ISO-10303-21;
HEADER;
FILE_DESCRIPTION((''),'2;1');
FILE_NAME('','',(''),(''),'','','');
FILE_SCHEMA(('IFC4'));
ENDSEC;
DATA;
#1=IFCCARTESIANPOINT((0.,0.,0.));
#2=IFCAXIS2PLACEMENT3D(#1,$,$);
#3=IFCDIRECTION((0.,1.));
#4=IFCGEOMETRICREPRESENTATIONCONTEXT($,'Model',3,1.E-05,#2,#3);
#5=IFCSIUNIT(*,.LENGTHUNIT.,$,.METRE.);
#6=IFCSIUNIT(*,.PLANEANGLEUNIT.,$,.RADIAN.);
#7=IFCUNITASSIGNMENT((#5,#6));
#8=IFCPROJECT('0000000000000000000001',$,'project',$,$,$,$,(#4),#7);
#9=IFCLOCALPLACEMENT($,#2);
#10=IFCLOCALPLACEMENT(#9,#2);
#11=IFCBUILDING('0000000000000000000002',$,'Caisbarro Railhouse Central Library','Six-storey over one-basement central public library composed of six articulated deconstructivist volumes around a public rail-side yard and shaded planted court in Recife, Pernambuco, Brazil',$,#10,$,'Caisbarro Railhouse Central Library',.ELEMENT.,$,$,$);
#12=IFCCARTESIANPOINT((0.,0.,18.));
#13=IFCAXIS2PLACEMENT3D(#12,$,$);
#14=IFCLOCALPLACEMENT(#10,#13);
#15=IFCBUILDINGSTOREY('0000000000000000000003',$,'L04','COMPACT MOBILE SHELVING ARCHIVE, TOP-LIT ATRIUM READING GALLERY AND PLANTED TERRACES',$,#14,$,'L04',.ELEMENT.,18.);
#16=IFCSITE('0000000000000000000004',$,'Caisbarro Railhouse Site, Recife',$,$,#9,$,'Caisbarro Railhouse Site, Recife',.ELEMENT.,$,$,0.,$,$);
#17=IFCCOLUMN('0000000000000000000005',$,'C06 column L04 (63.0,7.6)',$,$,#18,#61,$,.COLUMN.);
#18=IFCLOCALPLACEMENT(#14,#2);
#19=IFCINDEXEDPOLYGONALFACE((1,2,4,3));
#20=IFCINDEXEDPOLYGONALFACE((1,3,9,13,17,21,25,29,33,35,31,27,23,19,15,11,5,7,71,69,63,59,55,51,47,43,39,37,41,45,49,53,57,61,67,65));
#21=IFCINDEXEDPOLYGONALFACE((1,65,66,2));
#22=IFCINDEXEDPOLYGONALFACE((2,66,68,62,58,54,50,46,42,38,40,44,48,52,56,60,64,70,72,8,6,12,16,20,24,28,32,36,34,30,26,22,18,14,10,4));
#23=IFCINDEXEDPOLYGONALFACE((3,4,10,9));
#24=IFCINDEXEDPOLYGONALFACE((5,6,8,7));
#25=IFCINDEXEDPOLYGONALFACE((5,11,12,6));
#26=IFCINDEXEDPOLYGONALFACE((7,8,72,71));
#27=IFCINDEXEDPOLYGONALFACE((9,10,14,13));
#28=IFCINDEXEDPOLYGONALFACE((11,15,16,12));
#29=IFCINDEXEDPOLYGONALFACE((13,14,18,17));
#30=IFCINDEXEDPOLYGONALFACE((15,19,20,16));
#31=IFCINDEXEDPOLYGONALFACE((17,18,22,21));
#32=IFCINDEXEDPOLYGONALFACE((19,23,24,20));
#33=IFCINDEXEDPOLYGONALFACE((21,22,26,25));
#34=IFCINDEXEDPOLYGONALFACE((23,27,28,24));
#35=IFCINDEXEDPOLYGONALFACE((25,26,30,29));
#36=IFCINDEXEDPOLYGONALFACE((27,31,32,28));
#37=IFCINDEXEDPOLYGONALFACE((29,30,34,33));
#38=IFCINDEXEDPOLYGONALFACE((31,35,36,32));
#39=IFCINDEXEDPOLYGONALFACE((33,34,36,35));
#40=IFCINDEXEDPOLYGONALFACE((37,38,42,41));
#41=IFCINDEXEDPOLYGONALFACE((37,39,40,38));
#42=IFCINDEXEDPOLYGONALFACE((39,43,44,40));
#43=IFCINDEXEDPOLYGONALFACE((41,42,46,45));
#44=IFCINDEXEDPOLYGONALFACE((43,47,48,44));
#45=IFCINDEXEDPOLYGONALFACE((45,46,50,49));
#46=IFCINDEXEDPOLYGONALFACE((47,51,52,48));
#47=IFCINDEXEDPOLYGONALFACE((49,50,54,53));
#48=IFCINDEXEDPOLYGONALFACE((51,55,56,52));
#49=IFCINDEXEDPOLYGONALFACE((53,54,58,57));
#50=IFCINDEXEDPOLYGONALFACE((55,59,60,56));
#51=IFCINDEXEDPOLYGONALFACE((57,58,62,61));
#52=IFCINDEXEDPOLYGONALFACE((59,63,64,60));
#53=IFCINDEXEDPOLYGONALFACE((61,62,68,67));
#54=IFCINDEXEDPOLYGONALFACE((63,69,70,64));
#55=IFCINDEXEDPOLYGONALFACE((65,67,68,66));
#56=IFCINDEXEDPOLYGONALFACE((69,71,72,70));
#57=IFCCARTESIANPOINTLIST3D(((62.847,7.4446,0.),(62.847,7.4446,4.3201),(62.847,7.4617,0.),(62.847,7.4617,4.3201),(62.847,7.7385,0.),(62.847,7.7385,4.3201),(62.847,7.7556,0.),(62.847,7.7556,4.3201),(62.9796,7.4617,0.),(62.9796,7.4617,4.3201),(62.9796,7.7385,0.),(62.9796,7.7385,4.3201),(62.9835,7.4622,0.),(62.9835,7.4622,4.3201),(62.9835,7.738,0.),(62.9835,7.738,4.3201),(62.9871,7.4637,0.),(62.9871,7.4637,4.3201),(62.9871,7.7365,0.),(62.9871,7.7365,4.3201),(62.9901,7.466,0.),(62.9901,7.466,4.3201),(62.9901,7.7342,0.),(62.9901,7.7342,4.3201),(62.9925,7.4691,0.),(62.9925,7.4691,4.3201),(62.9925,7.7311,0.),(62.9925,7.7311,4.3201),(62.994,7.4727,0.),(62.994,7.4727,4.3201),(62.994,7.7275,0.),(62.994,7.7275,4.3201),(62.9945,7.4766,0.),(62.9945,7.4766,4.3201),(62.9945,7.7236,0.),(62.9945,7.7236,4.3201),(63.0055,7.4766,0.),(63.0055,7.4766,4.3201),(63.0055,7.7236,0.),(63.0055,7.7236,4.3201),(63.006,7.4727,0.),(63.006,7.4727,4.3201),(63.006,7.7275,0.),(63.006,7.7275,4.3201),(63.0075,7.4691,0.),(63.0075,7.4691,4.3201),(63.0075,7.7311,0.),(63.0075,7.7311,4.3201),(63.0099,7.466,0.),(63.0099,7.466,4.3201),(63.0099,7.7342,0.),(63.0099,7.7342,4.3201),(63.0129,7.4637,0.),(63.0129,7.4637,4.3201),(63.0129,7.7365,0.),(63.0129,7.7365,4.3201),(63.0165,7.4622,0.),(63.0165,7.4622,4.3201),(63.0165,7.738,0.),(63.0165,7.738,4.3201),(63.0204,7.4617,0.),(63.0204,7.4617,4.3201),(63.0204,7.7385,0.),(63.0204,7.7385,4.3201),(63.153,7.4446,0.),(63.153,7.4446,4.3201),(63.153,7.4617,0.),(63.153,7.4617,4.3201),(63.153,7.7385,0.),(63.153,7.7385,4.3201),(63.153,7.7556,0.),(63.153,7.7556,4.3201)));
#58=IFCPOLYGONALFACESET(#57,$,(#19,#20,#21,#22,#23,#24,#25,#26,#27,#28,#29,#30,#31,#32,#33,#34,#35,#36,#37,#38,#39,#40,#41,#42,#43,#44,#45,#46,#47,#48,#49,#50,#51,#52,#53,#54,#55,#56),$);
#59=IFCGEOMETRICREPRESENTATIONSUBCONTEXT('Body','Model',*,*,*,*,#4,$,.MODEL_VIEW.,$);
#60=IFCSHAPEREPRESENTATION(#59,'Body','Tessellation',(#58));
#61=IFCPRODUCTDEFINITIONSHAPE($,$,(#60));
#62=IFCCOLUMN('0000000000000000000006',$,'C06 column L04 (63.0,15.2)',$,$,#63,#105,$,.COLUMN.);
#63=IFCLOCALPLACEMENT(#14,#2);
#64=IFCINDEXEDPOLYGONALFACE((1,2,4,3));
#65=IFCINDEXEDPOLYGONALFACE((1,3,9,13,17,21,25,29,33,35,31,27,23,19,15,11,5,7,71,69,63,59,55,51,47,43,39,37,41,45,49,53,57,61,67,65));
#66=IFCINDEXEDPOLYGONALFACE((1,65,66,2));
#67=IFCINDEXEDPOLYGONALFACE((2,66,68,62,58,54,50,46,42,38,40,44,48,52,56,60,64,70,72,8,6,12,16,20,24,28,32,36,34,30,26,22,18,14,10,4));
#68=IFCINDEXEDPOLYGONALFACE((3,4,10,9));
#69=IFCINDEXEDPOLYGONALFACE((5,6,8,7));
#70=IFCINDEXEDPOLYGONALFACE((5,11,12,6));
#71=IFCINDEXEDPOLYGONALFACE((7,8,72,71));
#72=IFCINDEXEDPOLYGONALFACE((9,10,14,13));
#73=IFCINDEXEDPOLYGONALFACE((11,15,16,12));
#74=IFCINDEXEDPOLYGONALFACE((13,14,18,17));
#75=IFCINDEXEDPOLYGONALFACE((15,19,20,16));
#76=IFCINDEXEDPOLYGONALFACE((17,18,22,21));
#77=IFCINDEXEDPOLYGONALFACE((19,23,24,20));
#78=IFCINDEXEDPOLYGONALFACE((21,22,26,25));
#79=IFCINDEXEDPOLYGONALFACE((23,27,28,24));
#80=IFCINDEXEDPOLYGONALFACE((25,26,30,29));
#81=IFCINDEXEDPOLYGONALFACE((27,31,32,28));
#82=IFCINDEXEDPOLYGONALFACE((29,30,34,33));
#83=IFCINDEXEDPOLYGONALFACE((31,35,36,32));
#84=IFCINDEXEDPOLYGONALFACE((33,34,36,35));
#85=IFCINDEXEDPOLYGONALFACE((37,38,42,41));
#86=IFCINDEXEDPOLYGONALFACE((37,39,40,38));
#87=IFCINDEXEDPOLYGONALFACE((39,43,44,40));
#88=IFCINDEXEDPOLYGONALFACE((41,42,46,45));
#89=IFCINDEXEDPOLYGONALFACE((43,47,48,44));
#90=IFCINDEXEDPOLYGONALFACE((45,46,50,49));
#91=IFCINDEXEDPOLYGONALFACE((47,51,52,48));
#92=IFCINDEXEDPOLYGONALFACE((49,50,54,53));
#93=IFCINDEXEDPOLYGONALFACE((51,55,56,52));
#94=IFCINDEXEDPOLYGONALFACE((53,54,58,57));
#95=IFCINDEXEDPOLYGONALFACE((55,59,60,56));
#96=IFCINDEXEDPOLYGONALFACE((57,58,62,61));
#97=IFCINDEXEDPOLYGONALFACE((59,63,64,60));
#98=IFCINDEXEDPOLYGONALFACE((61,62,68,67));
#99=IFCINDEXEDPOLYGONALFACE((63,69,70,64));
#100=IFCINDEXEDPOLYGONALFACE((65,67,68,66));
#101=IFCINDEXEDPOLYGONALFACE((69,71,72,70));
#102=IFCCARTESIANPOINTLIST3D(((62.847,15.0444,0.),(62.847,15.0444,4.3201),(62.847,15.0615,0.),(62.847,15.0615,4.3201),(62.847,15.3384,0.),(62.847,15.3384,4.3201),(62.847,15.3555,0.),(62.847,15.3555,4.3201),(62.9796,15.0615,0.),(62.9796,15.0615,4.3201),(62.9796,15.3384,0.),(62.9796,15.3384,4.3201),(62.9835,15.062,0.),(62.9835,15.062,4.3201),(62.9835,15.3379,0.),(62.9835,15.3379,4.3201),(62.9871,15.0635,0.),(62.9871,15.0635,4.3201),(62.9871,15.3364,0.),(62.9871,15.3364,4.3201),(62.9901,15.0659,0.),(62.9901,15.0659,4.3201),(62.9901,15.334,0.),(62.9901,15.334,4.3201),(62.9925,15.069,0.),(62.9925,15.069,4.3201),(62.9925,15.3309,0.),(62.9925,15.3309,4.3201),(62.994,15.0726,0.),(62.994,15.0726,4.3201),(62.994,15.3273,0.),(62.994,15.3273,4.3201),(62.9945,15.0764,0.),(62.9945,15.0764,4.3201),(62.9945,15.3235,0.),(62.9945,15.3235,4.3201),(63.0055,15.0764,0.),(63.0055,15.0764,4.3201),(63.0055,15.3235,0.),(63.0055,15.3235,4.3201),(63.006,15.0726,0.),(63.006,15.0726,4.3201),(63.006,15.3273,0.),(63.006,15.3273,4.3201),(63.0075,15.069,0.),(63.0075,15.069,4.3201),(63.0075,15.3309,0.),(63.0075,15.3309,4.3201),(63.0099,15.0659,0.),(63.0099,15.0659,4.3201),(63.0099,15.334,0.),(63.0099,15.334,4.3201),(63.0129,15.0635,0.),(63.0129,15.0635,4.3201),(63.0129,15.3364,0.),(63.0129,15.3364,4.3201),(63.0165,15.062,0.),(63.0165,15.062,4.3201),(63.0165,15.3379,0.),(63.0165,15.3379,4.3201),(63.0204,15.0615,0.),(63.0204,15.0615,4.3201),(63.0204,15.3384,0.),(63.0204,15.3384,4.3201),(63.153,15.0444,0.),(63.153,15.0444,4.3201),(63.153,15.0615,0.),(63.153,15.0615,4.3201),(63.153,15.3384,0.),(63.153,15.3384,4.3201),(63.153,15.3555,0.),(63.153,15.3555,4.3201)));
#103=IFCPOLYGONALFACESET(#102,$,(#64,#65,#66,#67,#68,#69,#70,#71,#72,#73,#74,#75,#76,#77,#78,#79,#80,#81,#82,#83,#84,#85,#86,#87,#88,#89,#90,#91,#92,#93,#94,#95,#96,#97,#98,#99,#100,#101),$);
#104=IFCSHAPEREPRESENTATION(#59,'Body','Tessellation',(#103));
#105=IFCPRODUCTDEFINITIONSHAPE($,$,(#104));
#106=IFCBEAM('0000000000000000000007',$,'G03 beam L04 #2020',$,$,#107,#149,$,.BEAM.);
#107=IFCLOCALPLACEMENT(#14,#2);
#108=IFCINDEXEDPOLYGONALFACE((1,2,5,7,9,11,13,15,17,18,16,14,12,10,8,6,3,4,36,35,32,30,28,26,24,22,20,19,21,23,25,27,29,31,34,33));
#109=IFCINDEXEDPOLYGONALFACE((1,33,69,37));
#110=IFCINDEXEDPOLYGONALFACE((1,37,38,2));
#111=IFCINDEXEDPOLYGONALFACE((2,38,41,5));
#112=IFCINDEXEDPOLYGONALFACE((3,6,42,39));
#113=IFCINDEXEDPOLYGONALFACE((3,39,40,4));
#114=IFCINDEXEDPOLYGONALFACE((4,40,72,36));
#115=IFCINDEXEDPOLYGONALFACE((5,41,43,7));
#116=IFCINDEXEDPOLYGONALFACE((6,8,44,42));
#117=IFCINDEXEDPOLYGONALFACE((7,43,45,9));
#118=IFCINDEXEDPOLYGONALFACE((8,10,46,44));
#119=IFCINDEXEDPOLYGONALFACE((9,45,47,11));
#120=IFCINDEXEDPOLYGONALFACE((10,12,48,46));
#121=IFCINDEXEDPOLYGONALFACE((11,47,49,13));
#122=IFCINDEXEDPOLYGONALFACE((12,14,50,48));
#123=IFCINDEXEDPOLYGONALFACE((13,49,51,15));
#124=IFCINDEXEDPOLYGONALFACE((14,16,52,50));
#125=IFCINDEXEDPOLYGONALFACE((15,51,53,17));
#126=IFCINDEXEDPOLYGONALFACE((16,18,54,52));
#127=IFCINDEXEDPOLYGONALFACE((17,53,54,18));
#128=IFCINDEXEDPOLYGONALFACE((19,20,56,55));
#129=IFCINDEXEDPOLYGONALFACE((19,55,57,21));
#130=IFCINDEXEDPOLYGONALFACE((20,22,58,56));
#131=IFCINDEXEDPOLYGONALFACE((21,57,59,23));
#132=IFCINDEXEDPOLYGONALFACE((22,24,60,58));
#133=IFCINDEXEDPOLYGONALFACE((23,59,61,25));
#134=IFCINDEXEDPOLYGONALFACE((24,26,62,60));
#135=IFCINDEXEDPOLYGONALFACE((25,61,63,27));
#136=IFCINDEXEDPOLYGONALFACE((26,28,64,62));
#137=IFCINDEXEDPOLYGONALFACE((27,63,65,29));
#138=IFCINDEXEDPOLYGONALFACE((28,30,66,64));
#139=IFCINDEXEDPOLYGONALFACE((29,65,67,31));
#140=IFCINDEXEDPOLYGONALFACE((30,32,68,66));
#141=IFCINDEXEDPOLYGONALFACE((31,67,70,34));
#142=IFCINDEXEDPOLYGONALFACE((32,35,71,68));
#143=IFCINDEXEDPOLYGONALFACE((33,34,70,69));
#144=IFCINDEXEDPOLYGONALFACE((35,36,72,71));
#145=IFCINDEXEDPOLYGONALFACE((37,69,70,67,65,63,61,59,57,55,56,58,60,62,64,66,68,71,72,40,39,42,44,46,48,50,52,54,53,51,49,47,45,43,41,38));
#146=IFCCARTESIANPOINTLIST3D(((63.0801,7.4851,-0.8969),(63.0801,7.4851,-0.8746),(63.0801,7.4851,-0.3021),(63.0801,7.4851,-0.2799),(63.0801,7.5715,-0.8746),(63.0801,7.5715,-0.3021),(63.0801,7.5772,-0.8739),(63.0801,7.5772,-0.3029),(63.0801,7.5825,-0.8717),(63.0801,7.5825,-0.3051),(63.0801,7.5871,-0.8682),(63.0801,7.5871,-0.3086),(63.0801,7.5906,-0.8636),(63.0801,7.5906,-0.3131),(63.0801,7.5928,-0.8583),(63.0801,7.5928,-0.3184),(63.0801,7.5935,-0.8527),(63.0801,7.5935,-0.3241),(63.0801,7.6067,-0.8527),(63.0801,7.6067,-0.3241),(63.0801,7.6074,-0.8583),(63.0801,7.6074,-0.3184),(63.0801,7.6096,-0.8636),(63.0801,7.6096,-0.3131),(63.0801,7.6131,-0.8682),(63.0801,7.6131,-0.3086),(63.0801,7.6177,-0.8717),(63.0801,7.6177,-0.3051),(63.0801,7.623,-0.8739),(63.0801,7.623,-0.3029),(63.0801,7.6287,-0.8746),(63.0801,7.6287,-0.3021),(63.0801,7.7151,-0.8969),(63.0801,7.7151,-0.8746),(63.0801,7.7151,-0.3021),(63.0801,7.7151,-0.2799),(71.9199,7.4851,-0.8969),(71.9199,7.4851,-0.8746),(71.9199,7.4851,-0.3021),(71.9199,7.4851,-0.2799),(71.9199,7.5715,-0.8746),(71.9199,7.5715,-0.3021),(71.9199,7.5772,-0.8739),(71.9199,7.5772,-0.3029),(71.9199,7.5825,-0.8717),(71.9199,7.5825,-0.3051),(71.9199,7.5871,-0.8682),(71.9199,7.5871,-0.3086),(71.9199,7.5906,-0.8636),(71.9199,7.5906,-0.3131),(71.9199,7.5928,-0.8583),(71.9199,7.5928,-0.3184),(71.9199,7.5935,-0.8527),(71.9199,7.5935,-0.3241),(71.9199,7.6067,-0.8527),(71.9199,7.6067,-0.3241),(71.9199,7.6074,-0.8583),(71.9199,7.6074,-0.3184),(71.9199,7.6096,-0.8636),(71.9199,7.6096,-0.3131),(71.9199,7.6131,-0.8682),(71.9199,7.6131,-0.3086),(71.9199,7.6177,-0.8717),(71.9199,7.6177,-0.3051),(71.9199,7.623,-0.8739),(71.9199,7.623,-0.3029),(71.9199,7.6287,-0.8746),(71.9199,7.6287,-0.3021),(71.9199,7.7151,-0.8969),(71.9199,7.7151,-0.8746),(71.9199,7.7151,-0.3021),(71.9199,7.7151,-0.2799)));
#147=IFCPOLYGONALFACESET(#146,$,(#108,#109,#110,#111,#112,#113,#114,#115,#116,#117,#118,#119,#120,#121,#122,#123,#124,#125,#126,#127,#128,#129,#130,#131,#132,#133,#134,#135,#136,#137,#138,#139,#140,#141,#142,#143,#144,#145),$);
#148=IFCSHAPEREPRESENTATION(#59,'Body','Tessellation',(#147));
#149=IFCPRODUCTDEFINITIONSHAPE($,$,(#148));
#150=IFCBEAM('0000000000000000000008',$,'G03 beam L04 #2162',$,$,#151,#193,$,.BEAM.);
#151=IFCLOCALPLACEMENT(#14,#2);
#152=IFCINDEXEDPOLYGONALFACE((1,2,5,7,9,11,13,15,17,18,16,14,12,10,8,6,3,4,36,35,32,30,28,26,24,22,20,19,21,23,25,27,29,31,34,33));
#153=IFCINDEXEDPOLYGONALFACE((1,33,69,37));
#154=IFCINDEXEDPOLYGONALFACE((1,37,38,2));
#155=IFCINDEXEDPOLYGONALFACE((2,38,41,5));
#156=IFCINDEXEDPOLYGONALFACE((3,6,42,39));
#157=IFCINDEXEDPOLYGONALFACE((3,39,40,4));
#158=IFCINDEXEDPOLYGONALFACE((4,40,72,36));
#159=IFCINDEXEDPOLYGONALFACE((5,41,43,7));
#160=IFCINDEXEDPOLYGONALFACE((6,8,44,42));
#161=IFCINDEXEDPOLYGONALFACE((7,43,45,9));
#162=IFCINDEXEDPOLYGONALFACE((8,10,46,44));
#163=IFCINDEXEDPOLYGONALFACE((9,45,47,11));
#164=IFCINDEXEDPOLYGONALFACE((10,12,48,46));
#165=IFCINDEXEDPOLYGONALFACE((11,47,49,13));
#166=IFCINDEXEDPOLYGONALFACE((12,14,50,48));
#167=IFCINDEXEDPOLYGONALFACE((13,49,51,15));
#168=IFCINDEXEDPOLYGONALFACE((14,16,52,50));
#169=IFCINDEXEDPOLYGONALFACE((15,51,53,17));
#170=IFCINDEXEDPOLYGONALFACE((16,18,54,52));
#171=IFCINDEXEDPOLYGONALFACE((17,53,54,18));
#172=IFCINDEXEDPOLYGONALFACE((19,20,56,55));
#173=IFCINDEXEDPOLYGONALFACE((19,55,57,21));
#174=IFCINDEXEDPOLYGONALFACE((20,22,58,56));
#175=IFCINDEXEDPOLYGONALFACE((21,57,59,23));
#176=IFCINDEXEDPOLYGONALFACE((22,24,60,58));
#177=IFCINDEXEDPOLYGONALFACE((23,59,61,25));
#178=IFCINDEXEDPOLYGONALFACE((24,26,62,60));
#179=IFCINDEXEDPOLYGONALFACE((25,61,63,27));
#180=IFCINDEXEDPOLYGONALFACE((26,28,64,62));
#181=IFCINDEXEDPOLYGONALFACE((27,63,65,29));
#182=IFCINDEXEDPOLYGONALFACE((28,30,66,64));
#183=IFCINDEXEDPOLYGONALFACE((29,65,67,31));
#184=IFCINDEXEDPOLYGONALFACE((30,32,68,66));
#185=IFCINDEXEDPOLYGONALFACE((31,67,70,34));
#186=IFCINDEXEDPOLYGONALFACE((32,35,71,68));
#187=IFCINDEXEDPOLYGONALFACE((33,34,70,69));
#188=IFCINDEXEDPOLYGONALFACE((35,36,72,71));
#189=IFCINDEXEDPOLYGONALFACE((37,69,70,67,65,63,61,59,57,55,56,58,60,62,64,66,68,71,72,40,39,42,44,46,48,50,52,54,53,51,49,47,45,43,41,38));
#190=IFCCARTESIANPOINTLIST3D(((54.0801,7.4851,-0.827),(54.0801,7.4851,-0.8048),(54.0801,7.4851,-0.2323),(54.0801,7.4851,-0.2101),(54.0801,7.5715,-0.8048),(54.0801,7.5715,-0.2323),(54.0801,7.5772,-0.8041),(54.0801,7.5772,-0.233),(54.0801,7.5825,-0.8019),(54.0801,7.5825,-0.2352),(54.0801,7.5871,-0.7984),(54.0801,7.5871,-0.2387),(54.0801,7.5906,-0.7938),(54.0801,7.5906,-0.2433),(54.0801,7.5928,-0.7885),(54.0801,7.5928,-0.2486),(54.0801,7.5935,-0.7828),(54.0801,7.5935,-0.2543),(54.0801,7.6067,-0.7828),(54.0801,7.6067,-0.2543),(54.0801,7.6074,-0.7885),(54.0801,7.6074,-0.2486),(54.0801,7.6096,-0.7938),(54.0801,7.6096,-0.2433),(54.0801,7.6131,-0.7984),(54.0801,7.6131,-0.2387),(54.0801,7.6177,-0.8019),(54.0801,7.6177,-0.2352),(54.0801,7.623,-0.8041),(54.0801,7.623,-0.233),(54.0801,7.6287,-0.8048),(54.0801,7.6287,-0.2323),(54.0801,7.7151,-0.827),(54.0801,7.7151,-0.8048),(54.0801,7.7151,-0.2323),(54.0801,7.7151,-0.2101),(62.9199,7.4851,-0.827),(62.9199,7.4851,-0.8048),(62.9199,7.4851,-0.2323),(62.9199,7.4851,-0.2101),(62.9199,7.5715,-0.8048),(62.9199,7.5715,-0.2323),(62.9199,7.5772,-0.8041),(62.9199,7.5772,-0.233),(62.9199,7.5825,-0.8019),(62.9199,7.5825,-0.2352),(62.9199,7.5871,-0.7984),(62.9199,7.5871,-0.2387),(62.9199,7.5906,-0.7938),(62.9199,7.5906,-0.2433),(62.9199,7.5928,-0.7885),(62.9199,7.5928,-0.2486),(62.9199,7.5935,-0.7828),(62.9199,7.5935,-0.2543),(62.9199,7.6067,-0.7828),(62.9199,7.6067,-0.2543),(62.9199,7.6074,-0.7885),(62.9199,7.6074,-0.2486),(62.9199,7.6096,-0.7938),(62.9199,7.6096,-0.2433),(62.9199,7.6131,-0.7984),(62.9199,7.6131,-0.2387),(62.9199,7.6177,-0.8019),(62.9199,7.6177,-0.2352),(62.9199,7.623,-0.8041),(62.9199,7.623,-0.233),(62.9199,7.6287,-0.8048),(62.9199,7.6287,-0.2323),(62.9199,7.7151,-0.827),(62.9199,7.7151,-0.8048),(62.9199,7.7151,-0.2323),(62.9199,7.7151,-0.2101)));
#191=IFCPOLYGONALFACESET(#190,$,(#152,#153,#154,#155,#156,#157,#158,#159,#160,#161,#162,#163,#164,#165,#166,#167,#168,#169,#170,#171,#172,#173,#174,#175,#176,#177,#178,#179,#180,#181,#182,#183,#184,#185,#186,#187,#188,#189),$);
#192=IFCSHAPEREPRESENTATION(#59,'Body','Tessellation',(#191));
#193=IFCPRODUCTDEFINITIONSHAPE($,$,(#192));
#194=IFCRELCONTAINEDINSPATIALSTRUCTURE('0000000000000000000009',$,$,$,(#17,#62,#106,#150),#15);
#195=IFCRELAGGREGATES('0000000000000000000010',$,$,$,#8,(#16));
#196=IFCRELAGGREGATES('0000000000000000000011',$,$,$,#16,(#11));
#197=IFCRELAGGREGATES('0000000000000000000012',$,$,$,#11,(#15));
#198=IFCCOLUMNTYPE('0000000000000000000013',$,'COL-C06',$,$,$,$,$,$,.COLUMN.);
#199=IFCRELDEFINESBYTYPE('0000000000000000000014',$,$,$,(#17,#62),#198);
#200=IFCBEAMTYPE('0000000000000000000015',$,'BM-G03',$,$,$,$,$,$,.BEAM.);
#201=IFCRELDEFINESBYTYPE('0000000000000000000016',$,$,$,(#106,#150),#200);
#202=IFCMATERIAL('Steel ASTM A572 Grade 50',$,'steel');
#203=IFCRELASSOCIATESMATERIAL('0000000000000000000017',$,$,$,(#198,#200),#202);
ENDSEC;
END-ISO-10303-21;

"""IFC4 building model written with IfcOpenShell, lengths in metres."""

from ifc_helpers import new_model, si_unit, direction, frame, origin, origin_2d, place, context, subcontext, project, spatial, i_section, extrude, material, material_profile, profile_set, type_object, element, save


model = new_model("IFC4")

# Units and contexts
model_context = context("Model", 3, precision=1e-05, world=origin(), true_north=direction((0.0, 1.0)))
body_context = subcontext(model_context, "Body", "Model", "MODEL_VIEW")
ifc_project = project(units=[si_unit("LENGTHUNIT", "METRE"), si_unit("PLANEANGLEUNIT", "RADIAN")], contexts=[model_context])

# Site, building, storey
site_placement = place(None, origin())
site = spatial("IfcSite", under=ifc_project, at=site_placement, Name="Caisbarro Railhouse Site, Recife", LongName="Caisbarro Railhouse Site, Recife", CompositionType="ELEMENT", RefElevation=0.0)
building_placement = place(site_placement, origin())
building = spatial("IfcBuilding", under=site, at=building_placement, Name="Caisbarro Railhouse Central Library", Description="Six-storey over one-basement central public library composed of six articulated deconstructivist volumes around a public rail-side yard and shaded planted court in Recife, Pernambuco, Brazil", LongName="Caisbarro Railhouse Central Library", CompositionType="ELEMENT")
storey_placement = place(building_placement, frame((0.0, 0.0, 18.0)))
storey = spatial("IfcBuildingStorey", under=building, at=storey_placement, Name="L04", Description="COMPACT MOBILE SHELVING ARCHIVE, TOP-LIT ATRIUM READING GALLERY AND PLANTED TERRACES", LongName="L04", CompositionType="ELEMENT", Elevation=18.0)

# Columns
ifc_material_1 = material(Name="Steel ASTM A572 Grade 50", Category="steel")
ifc_material_profile_1 = material_profile(ifc_material_1, i_section(OverallWidth=0.3059, OverallDepth=0.311, WebThickness=0.011, FlangeThickness=0.0171, FilletRadius=0.0149, at=origin_2d()), Name="W310X107.0")
ifc_profile_set_1 = profile_set([ifc_material_profile_1], Name="Steel ASTM A572 Grade 50")
column_type = type_object("IfcColumnType", Name="COL-C06", PredefinedType="COLUMN", material=ifc_profile_set_1)
for number, where, z_axis, x_axis, name in (
    (1, (63.0, 7.6001, 0.0), (0.0, 0.0, 1.0), (1.0, 0.0, 0.0), "C06 column L04 (63.0,7.6)"),
    (2, (63.0, 15.2, 0.0), (0.0, 0.0, 1.0), (1.0, 0.0, 0.0), "C06 column L04 (63.0,15.2)"),
):
    element("IfcColumn", number, at=place(storey_placement, frame(where, z_axis=z_axis, x_axis=x_axis)), inside=storey, type_object=column_type, Name=name, PredefinedType="COLUMN", context=body_context, shape_type="SweptSolid", body=[
        extrude(i_section(OverallWidth=0.3059, OverallDepth=0.311, WebThickness=0.011, FlangeThickness=0.0171, FilletRadius=0.0149, at=origin_2d()), origin(), (0.0, 0.0, 1.0), 4.3201),
    ])

# Beams
ifc_material_profile_2 = material_profile(ifc_material_1, i_section(OverallWidth=0.23, OverallDepth=0.6169, WebThickness=0.0132, FlangeThickness=0.0222, FilletRadius=0.022, at=origin_2d()), Name="W610X140.0")
ifc_profile_set_2 = profile_set([ifc_material_profile_2], Name="Steel ASTM A572 Grade 50")
beam_type_1 = type_object("IfcBeamType", Name="BM-G03", PredefinedType="BEAM", material=ifc_profile_set_2)
for number, where, z_axis, x_axis, name in (
    (3, (63.0801, 7.6001, -0.5884), (1.0, 0.0, 0.0), (0.0, 1.0, 0.0), "G03 beam L04 #2020"),
    (4, (54.0801, 7.6001, -0.5186), (1.0, 0.0, 0.0), (0.0, 1.0, 0.0), "G03 beam L04 #2162"),
):
    element("IfcBeam", number, at=place(storey_placement, frame(where, z_axis=z_axis, x_axis=x_axis)), inside=storey, type_object=beam_type_1, Name=name, PredefinedType="BEAM", context=body_context, shape_type="SweptSolid", body=[
        extrude(i_section(OverallWidth=0.23, OverallDepth=0.6169, WebThickness=0.0132, FlangeThickness=0.0222, FilletRadius=0.022, at=origin_2d()), origin(), (0.0, 0.0, 1.0), 8.8398),
    ])

save(model, "model.ifc")
